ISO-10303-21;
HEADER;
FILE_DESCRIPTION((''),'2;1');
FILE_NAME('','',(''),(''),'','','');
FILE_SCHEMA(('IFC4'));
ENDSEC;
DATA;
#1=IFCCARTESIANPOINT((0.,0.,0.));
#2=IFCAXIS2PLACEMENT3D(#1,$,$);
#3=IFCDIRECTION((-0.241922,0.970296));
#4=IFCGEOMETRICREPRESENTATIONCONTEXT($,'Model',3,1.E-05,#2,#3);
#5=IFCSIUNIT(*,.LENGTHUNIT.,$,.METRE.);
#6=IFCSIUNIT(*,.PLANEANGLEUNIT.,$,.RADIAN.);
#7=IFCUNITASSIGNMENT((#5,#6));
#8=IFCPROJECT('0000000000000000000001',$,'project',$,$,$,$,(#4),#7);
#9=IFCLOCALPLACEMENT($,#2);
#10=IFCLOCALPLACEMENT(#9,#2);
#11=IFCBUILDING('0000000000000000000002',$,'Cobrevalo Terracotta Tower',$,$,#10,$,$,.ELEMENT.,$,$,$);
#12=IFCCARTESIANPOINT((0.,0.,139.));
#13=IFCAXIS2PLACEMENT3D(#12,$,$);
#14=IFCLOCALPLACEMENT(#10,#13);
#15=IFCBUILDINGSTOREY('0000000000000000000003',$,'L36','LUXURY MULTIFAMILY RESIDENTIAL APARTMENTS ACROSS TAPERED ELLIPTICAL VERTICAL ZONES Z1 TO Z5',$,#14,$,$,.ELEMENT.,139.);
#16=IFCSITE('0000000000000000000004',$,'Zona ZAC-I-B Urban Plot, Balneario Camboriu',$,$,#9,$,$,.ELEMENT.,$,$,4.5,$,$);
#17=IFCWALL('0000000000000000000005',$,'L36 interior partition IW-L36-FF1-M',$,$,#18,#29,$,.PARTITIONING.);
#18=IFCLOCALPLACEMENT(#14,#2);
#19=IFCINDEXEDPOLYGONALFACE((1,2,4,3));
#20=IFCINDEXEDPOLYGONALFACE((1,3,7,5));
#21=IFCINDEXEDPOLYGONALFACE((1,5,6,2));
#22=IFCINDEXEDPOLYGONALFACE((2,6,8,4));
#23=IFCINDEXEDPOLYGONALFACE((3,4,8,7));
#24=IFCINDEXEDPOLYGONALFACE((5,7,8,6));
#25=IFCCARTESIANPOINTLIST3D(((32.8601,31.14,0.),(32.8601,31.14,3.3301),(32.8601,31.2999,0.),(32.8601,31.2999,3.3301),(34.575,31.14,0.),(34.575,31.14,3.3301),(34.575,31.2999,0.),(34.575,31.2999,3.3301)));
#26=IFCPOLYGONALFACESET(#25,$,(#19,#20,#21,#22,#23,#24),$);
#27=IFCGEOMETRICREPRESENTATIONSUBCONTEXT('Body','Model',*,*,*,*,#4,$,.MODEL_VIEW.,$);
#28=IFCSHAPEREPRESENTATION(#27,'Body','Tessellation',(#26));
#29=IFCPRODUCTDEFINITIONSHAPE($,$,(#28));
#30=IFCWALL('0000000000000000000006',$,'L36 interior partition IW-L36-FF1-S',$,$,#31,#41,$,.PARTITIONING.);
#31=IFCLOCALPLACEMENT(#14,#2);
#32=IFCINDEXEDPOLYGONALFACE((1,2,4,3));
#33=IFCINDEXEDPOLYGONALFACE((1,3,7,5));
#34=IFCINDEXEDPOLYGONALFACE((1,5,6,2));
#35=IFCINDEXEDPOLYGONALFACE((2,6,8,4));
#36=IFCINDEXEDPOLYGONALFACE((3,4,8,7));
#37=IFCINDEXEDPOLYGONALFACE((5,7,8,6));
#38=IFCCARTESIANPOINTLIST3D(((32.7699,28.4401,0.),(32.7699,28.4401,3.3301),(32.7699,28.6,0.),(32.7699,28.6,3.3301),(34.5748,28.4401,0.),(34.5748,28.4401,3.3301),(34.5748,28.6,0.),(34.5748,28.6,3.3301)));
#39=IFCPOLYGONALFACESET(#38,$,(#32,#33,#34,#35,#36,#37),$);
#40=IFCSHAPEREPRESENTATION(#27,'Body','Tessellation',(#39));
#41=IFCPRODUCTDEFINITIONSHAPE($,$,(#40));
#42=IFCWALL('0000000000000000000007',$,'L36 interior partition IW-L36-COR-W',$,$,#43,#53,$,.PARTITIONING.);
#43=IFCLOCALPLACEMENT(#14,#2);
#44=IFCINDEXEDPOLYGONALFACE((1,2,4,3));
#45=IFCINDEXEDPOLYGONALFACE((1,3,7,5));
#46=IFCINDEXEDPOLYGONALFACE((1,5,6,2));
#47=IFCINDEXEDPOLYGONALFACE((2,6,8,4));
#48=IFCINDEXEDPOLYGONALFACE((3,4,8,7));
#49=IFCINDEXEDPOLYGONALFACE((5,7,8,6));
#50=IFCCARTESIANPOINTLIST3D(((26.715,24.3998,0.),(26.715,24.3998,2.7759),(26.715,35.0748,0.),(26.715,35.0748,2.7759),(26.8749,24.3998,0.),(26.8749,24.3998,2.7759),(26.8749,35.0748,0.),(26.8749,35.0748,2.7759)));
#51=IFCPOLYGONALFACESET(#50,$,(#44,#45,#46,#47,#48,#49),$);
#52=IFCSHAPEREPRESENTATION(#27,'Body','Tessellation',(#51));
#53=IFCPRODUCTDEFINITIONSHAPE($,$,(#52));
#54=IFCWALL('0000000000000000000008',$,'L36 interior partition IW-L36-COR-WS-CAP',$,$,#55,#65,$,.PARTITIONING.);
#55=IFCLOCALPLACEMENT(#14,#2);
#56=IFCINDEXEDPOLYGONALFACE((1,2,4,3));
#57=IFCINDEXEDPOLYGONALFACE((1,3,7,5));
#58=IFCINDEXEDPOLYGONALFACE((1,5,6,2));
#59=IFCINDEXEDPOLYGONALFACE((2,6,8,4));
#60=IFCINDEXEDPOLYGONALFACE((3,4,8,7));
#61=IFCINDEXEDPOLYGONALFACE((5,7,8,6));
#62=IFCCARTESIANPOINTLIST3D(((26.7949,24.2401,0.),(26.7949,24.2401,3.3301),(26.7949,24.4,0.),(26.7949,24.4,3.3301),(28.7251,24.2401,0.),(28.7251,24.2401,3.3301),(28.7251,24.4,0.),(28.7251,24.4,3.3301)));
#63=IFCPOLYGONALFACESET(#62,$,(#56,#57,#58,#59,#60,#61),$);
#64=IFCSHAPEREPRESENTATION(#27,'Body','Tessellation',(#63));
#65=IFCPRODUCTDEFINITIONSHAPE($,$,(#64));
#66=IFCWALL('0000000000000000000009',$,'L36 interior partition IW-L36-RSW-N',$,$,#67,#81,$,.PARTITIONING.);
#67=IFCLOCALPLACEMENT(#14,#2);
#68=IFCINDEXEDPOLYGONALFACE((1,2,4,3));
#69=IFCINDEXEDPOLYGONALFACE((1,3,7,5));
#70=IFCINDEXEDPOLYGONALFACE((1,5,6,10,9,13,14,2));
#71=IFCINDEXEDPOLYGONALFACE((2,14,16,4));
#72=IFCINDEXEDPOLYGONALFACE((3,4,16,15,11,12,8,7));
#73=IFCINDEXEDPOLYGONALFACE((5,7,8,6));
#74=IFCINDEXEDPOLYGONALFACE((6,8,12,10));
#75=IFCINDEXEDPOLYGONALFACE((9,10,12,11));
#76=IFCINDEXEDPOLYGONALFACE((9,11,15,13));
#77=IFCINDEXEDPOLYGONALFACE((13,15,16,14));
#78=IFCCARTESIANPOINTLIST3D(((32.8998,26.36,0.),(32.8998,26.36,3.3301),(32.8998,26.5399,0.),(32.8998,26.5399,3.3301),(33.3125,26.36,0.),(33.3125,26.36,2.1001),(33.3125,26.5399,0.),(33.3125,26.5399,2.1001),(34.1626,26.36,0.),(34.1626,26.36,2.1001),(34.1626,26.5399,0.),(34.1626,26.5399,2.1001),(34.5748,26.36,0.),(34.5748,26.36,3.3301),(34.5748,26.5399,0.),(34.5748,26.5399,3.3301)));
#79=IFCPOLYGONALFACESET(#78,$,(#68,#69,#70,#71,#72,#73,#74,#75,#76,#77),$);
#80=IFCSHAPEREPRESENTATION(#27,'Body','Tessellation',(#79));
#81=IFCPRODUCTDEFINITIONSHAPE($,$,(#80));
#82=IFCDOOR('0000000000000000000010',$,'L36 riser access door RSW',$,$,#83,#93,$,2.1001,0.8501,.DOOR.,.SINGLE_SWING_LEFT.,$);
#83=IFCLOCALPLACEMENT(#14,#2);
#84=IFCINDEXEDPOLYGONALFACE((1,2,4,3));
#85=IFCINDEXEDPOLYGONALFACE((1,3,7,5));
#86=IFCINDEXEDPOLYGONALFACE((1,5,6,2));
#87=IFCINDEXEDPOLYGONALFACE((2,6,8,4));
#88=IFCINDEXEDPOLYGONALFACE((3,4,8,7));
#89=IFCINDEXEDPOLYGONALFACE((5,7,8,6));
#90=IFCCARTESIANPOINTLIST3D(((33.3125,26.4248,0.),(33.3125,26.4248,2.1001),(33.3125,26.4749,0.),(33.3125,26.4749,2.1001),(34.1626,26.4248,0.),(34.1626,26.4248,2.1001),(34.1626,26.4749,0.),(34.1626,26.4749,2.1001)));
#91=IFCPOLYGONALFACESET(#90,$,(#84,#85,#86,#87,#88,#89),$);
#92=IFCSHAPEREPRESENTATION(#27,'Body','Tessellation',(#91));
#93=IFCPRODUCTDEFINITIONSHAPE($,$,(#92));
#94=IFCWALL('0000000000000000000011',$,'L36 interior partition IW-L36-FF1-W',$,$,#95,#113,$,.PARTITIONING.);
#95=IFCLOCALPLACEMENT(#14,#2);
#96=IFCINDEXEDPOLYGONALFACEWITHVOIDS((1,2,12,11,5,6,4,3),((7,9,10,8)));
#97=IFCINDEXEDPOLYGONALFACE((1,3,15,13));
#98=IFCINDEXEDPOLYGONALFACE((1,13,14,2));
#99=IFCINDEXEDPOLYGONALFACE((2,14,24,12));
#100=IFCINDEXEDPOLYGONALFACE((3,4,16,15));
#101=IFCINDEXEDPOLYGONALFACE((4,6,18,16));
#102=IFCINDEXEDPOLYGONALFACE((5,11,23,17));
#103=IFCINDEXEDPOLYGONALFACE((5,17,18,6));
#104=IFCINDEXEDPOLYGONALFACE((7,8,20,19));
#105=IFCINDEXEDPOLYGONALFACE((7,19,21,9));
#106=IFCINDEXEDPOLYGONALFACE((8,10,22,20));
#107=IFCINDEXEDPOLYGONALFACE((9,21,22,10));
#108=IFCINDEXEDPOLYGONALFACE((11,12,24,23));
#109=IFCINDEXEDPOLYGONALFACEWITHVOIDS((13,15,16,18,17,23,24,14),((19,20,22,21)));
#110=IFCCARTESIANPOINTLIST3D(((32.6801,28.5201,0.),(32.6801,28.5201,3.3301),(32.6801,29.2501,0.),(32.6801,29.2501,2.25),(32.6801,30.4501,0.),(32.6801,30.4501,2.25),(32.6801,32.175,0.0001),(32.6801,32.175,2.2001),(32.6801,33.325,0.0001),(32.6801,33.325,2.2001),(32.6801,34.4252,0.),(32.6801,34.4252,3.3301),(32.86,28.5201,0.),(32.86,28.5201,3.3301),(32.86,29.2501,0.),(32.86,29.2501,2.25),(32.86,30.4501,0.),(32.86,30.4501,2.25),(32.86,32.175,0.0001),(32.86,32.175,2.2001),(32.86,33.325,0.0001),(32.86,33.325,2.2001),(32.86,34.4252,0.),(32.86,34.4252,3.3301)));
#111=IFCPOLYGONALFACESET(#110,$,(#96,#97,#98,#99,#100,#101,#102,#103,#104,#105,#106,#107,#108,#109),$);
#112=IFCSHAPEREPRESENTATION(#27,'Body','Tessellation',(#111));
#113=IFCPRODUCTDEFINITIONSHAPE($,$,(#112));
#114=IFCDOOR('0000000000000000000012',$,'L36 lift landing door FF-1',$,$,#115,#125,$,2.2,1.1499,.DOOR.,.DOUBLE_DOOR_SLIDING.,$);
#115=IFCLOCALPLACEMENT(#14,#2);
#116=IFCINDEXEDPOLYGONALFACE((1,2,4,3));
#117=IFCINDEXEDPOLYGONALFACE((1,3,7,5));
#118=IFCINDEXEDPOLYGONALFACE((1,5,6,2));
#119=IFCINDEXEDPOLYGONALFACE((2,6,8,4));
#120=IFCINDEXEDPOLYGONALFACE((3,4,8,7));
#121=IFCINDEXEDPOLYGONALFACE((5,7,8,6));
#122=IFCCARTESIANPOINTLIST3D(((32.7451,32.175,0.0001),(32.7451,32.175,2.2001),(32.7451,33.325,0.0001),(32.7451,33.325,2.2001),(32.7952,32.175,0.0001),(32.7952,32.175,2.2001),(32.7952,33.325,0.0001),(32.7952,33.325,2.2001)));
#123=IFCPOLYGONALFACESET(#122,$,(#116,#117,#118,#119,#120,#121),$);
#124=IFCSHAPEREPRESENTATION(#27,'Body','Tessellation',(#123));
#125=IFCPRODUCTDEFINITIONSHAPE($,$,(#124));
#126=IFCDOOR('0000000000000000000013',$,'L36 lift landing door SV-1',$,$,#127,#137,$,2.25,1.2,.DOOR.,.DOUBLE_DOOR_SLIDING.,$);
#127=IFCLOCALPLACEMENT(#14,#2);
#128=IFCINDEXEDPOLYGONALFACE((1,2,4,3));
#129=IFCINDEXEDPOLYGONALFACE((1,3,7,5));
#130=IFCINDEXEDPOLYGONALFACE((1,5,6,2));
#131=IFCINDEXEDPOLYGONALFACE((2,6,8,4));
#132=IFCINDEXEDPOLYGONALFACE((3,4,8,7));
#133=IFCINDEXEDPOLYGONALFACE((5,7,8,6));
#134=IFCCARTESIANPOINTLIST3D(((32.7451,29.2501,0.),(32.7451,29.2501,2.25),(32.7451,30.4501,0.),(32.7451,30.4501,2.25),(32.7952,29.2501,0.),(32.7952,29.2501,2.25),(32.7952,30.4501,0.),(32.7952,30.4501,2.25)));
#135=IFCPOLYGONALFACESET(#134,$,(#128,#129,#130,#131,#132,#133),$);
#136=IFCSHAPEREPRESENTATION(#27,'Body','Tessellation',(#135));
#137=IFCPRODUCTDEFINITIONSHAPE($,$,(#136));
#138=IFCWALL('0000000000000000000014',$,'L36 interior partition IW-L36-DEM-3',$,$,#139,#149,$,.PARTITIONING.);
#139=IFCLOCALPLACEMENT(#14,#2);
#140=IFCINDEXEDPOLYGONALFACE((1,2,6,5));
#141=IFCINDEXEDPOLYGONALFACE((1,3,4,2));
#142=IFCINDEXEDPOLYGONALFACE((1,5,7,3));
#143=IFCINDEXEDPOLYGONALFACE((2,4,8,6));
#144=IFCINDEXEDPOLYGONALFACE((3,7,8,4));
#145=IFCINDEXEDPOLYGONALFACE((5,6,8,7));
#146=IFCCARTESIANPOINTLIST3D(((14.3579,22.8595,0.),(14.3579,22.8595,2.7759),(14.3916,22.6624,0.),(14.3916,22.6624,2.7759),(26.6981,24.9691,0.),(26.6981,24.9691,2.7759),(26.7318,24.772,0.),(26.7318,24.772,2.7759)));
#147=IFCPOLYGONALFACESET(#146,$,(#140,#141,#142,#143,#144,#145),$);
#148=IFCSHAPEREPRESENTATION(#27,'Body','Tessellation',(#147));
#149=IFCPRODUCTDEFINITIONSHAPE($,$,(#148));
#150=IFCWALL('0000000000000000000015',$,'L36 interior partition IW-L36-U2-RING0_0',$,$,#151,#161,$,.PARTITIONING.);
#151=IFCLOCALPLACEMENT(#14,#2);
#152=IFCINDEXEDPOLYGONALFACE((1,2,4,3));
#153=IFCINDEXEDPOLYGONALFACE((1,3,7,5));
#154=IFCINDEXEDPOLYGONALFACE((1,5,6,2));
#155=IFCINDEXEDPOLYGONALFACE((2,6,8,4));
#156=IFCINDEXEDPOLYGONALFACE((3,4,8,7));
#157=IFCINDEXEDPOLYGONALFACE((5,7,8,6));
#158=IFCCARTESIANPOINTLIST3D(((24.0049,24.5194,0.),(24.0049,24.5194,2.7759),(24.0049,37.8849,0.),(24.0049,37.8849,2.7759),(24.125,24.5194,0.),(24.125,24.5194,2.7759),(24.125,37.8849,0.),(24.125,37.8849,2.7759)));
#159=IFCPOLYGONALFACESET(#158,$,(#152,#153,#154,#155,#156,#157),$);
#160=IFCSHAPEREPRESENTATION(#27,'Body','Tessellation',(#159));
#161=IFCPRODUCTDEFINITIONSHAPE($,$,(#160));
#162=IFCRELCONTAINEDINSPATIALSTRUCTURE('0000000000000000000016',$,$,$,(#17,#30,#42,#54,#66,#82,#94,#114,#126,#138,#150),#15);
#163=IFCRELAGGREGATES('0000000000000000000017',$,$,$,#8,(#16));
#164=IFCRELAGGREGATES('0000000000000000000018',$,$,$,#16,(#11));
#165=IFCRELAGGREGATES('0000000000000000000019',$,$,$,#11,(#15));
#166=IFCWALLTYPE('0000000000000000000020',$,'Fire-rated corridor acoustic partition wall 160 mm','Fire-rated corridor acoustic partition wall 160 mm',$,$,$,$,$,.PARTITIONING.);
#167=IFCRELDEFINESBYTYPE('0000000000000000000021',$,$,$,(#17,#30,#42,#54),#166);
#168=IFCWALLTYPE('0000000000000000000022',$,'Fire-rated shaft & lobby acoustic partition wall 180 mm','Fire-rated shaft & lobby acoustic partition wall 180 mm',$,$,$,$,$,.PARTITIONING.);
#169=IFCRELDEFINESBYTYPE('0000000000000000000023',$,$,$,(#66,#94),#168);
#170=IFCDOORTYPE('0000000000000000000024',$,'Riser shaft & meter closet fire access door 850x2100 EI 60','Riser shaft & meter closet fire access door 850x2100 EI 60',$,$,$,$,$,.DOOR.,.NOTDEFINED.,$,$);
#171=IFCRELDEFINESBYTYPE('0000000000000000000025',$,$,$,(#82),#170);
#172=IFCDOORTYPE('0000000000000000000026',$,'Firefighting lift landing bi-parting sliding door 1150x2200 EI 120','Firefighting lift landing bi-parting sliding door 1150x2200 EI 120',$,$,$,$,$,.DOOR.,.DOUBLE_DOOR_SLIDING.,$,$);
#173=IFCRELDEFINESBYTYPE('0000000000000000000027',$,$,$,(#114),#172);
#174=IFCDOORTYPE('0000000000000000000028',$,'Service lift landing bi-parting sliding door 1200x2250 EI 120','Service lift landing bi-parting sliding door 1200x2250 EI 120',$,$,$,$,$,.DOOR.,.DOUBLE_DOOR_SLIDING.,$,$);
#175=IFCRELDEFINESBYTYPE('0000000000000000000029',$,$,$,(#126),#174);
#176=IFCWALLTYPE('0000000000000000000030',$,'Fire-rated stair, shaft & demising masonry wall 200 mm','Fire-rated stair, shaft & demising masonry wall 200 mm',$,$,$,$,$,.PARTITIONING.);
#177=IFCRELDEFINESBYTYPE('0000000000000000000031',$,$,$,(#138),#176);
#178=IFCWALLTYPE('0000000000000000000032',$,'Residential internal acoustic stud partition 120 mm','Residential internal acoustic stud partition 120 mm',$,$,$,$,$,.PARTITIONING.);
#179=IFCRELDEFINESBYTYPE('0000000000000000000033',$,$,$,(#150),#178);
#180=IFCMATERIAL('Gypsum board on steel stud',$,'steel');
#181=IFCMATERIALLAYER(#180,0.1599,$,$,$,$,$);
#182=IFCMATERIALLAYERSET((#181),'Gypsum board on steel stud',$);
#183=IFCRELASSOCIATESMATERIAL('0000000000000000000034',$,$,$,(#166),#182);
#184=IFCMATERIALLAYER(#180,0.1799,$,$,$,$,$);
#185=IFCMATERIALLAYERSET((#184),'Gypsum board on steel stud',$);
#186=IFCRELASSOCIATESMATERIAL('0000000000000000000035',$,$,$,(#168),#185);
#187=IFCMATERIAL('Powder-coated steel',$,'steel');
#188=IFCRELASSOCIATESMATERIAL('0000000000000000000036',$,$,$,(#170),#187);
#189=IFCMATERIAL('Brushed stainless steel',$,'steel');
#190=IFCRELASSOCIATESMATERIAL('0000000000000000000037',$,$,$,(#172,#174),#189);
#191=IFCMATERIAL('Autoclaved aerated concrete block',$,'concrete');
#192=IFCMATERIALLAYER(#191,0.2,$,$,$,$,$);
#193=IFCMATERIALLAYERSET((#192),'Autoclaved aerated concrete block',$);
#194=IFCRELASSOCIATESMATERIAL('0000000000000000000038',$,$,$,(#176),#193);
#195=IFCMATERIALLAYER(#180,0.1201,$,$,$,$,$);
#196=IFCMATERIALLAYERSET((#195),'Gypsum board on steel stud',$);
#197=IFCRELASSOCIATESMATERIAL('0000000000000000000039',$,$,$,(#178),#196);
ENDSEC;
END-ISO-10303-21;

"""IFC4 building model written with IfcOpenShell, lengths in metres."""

from ifc_helpers import new_model, si_unit, direction, frame, frame_2d, origin, place, context, subcontext, project, spatial, rectangle, extrude, source, transform, mapped, material, layer, layer_set, type_object, element, fill, save


model = new_model("IFC4")

# Units and contexts
model_context = context("Model", 3, precision=1e-05, world=origin(), true_north=direction((-0.241922, 0.970296)))
body_context = subcontext(model_context, "Body", "Model", "MODEL_VIEW")
ifc_project = project(units=[si_unit("LENGTHUNIT", "METRE"), si_unit("PLANEANGLEUNIT", "RADIAN")], contexts=[model_context])

# Site, building, storey
site_placement = place(None, origin())
site = spatial("IfcSite", under=ifc_project, at=site_placement, Name="Zona ZAC-I-B Urban Plot, Balneario Camboriu", CompositionType="ELEMENT", RefElevation=4.5)
building_placement = place(site_placement, origin())
building = spatial("IfcBuilding", under=site, at=building_placement, Name="Cobrevalo Terracotta Tower", CompositionType="ELEMENT")
storey_placement = place(building_placement, frame((0.0, 0.0, 139.0)))
storey = spatial("IfcBuildingStorey", under=building, at=storey_placement, Name="L36", Description="LUXURY MULTIFAMILY RESIDENTIAL APARTMENTS ACROSS TAPERED ELLIPTICAL VERTICAL ZONES Z1 TO Z5", CompositionType="ELEMENT", Elevation=139.0)

# Walls
ifc_material_1 = material(Name="Gypsum board on steel stud", Category="steel")
ifc_layer_1 = layer(ifc_material_1, 0.1599)
ifc_layer_set_1 = layer_set([ifc_layer_1], Name="Gypsum board on steel stud")
wall_type_1 = type_object("IfcWallType", Name="Fire-rated corridor acoustic partition wall 160 mm", Description="Fire-rated corridor acoustic partition wall 160 mm", PredefinedType="PARTITIONING", material=ifc_layer_set_1)
wall_1_placement = place(storey_placement, frame((32.8601, 31.22, 0.0), z_axis=(0.0, 0.0, 1.0), x_axis=(1.0, 0.0, 0.0)))
element("IfcWall", 1, at=wall_1_placement, inside=storey, type_object=wall_type_1, Name="L36 interior partition IW-L36-FF1-M", PredefinedType="PARTITIONING", context=body_context, shape_type="SweptSolid", body=[
    extrude(rectangle(XDim=1.7148, YDim=0.1599, at=frame_2d((0.8574, 0.0))), origin(), (0.0, 0.0, 1.0), 3.3301),
])
wall_2_placement = place(storey_placement, frame((32.77, 28.52, 0.0), z_axis=(0.0, 0.0, 1.0), x_axis=(1.0, 0.0, 0.0)))
element("IfcWall", 2, at=wall_2_placement, inside=storey, type_object=wall_type_1, Name="L36 interior partition IW-L36-FF1-S", PredefinedType="PARTITIONING", context=body_context, shape_type="SweptSolid", body=[
    extrude(rectangle(XDim=1.8049, YDim=0.1599, at=frame_2d((0.9023, 0.0))), origin(), (0.0, 0.0, 1.0), 3.3301),
])
wall_3_placement = place(storey_placement, frame((26.7949, 24.3999, 0.0), z_axis=(0.0, 0.0, 1.0), x_axis=(0.0, 1.0, 0.0)))
element("IfcWall", 3, at=wall_3_placement, inside=storey, type_object=wall_type_1, Name="L36 interior partition IW-L36-COR-W", PredefinedType="PARTITIONING", context=body_context, shape_type="SweptSolid", body=[
    extrude(rectangle(XDim=10.675, YDim=0.1599, at=frame_2d((5.3374, 0.0))), origin(), (0.0, 0.0, 1.0), 2.7759),
])
wall_4_placement = place(storey_placement, frame((26.7949, 24.3201, 0.0), z_axis=(0.0, 0.0, 1.0), x_axis=(1.0, 0.0, 0.0)))
element("IfcWall", 4, at=wall_4_placement, inside=storey, type_object=wall_type_1, Name="L36 interior partition IW-L36-COR-WS-CAP", PredefinedType="PARTITIONING", context=body_context, shape_type="SweptSolid", body=[
    extrude(rectangle(XDim=1.9302, YDim=0.1599, at=frame_2d((0.9651, 0.0))), origin(), (0.0, 0.0, 1.0), 3.3301),
])

# Wall, opening, door
ifc_layer_2 = layer(ifc_material_1, 0.1799)
ifc_layer_set_2 = layer_set([ifc_layer_2], Name="Gypsum board on steel stud")
wall_type_2 = type_object("IfcWallType", Name="Fire-rated shaft & lobby acoustic partition wall 180 mm", Description="Fire-rated shaft & lobby acoustic partition wall 180 mm", PredefinedType="PARTITIONING", material=ifc_layer_set_2)
wall_5_placement = place(storey_placement, frame((32.8999, 26.45, 0.0), z_axis=(0.0, 0.0, 1.0), x_axis=(1.0, 0.0, 0.0)))
wall_5 = element("IfcWall", 5, at=wall_5_placement, inside=storey, type_object=wall_type_2, Name="L36 interior partition IW-L36-RSW-N", PredefinedType="PARTITIONING", context=body_context, shape_type="SweptSolid", body=[
    extrude(rectangle(XDim=1.675, YDim=0.1799, at=frame_2d((0.8374, 0.0))), origin(), (0.0, 0.0, 1.0), 3.3301),
])
opening_1_placement = place(wall_5_placement, frame((0.4126, 0.0, 0.0)))
opening_1 = element("IfcOpeningElement", 6, at=opening_1_placement, cuts=wall_5, PredefinedType="OPENING", context=body_context, shape_type="SweptSolid", body=[
    extrude(rectangle(XDim=0.8501, YDim=2.1001, at=frame_2d((0.425, 1.05))), frame((0.0, 0.1001, 0.0), z_axis=(0.0, -1.0, 0.0), x_axis=(1.0, 0.0, 0.0)), (0.0, 0.0, 1.0), 0.2),
])
ifc_material_2 = material(Name="Powder-coated steel", Category="steel")
door_type_1 = type_object("IfcDoorType", Name="Riser shaft & meter closet fire access door 850x2100 EI 60", Description="Riser shaft & meter closet fire access door 850x2100 EI 60", OperationType="NOTDEFINED", PredefinedType="DOOR", material=ifc_material_2)
shared_shape_1 = source(origin(), body_context, "Body", "SweptSolid", [
    extrude(rectangle(XDim=0.8501, YDim=2.1001, at=frame_2d((0.425, 1.05))), frame((0.0, 0.0249, 0.0), z_axis=(0.0, -1.0, 0.0), x_axis=(1.0, 0.0, 0.0)), (0.0, 0.0, 1.0), 0.05),
])
door_1_placement = place(opening_1_placement, origin())
door_1 = element("IfcDoor", 7, at=door_1_placement, inside=storey, type_object=door_type_1, Name="L36 riser access door RSW", OperationType="SINGLE_SWING_LEFT", OverallHeight=2.1001, OverallWidth=0.8501, PredefinedType="DOOR", context=body_context, shape_type="MappedRepresentation", body=[
    mapped(shared_shape_1, transform((0.0, 0.0, 0.0), scale=1.0)),
])
fill(opening_1, door_1)

# Wall, openings, doors
wall_6_placement = place(storey_placement, frame((32.77, 28.52, 0.0), z_axis=(0.0, 0.0, 1.0), x_axis=(0.0, 1.0, 0.0)))
wall_6 = element("IfcWall", 8, at=wall_6_placement, inside=storey, type_object=wall_type_2, Name="L36 interior partition IW-L36-FF1-W", PredefinedType="PARTITIONING", context=body_context, shape_type="SweptSolid", body=[
    extrude(rectangle(XDim=5.905, YDim=0.1799, at=frame_2d((2.9526, 0.0))), origin(), (0.0, 0.0, 1.0), 3.3301),
])
opening_2_placement = place(wall_6_placement, frame((3.655, 0.0, 0.0)))
opening_2 = element("IfcOpeningElement", 9, at=opening_2_placement, cuts=wall_6, PredefinedType="OPENING", context=body_context, shape_type="SweptSolid", body=[
    extrude(rectangle(XDim=1.1499, YDim=2.2, at=frame_2d((0.575, 1.1001))), frame((0.0, 0.1001, 0.0), z_axis=(0.0, -1.0, 0.0), x_axis=(1.0, 0.0, 0.0)), (0.0, 0.0, 1.0), 0.2),
])
opening_3_placement = place(wall_6_placement, frame((0.73, 0.0, 0.0)))
opening_3 = element("IfcOpeningElement", 10, at=opening_3_placement, cuts=wall_6, PredefinedType="OPENING", context=body_context, shape_type="SweptSolid", body=[
    extrude(rectangle(XDim=1.2, YDim=2.25, at=frame_2d((0.6001, 1.125))), frame((0.0, 0.1001, 0.0), z_axis=(0.0, -1.0, 0.0), x_axis=(1.0, 0.0, 0.0)), (0.0, 0.0, 1.0), 0.2),
])
ifc_material_3 = material(Name="Brushed stainless steel", Category="steel")
door_type_2 = type_object("IfcDoorType", Name="Firefighting lift landing bi-parting sliding door 1150x2200 EI 120", Description="Firefighting lift landing bi-parting sliding door 1150x2200 EI 120", OperationType="DOUBLE_DOOR_SLIDING", PredefinedType="DOOR", material=ifc_material_3)
shared_shape_2 = source(origin(), body_context, "Body", "SweptSolid", [
    extrude(rectangle(XDim=1.1499, YDim=2.2, at=frame_2d((0.575, 1.1001))), frame((0.0, 0.0249, 0.0), z_axis=(0.0, -1.0, 0.0), x_axis=(1.0, 0.0, 0.0)), (0.0, 0.0, 1.0), 0.05),
])
door_2_placement = place(opening_2_placement, origin())
door_2 = element("IfcDoor", 11, at=door_2_placement, inside=storey, type_object=door_type_2, Name="L36 lift landing door FF-1", OperationType="DOUBLE_DOOR_SLIDING", OverallHeight=2.2, OverallWidth=1.1499, PredefinedType="DOOR", context=body_context, shape_type="MappedRepresentation", body=[
    mapped(shared_shape_2, transform((0.0, 0.0, 0.0), scale=1.0)),
])
fill(opening_2, door_2)
door_type_3 = type_object("IfcDoorType", Name="Service lift landing bi-parting sliding door 1200x2250 EI 120", Description="Service lift landing bi-parting sliding door 1200x2250 EI 120", OperationType="DOUBLE_DOOR_SLIDING", PredefinedType="DOOR", material=ifc_material_3)
shared_shape_3 = source(origin(), body_context, "Body", "SweptSolid", [
    extrude(rectangle(XDim=1.2, YDim=2.25, at=frame_2d((0.6001, 1.125))), frame((0.0, 0.0249, 0.0), z_axis=(0.0, -1.0, 0.0), x_axis=(1.0, 0.0, 0.0)), (0.0, 0.0, 1.0), 0.05),
])
door_3_placement = place(opening_3_placement, origin())
door_3 = element("IfcDoor", 12, at=door_3_placement, inside=storey, type_object=door_type_3, Name="L36 lift landing door SV-1", OperationType="DOUBLE_DOOR_SLIDING", OverallHeight=2.25, OverallWidth=1.2, PredefinedType="DOOR", context=body_context, shape_type="MappedRepresentation", body=[
    mapped(shared_shape_3, transform((0.0, 0.0, 0.0), scale=1.0)),
])
fill(opening_3, door_3)

# Walls
ifc_material_4 = material(Name="Autoclaved aerated concrete block", Category="concrete")
ifc_layer_3 = layer(ifc_material_4, 0.2)
ifc_layer_set_3 = layer_set([ifc_layer_3], Name="Autoclaved aerated concrete block")
wall_type_3 = type_object("IfcWallType", Name="Fire-rated stair, shaft & demising masonry wall 200 mm", Description="Fire-rated stair, shaft & demising masonry wall 200 mm", PredefinedType="PARTITIONING", material=ifc_layer_set_3)
wall_7_placement = place(storey_placement, frame((26.7151, 24.8706, 0.0), z_axis=(0.0, 0.0, 1.0), x_axis=(-0.9857, -0.168509, 0.0)))
element("IfcWall", 13, at=wall_7_placement, inside=storey, type_object=wall_type_3, Name="L36 interior partition IW-L36-DEM-3", PredefinedType="PARTITIONING", context=body_context, shape_type="SweptSolid", body=[
    extrude(rectangle(XDim=12.5193, YDim=0.2, at=frame_2d((6.2598, 0.0))), origin(), (0.0, 0.0, 1.0), 2.7759),
])
ifc_layer_4 = layer(ifc_material_1, 0.1201)
ifc_layer_set_4 = layer_set([ifc_layer_4], Name="Gypsum board on steel stud")
wall_type_4 = type_object("IfcWallType", Name="Residential internal acoustic stud partition 120 mm", Description="Residential internal acoustic stud partition 120 mm", PredefinedType="PARTITIONING", material=ifc_layer_set_4)
wall_8_placement = place(storey_placement, frame((24.0649, 24.5195, 0.0), z_axis=(0.0, 0.0, 1.0), x_axis=(0.0, 1.0, 0.0)))
element("IfcWall", 14, at=wall_8_placement, inside=storey, type_object=wall_type_4, Name="L36 interior partition IW-L36-U2-RING0_0", PredefinedType="PARTITIONING", context=body_context, shape_type="SweptSolid", body=[
    extrude(rectangle(XDim=13.3655, YDim=0.1201, at=frame_2d((6.6826, 0.0))), origin(), (0.0, 0.0, 1.0), 2.7759),
])

save(model, "model.ifc")
